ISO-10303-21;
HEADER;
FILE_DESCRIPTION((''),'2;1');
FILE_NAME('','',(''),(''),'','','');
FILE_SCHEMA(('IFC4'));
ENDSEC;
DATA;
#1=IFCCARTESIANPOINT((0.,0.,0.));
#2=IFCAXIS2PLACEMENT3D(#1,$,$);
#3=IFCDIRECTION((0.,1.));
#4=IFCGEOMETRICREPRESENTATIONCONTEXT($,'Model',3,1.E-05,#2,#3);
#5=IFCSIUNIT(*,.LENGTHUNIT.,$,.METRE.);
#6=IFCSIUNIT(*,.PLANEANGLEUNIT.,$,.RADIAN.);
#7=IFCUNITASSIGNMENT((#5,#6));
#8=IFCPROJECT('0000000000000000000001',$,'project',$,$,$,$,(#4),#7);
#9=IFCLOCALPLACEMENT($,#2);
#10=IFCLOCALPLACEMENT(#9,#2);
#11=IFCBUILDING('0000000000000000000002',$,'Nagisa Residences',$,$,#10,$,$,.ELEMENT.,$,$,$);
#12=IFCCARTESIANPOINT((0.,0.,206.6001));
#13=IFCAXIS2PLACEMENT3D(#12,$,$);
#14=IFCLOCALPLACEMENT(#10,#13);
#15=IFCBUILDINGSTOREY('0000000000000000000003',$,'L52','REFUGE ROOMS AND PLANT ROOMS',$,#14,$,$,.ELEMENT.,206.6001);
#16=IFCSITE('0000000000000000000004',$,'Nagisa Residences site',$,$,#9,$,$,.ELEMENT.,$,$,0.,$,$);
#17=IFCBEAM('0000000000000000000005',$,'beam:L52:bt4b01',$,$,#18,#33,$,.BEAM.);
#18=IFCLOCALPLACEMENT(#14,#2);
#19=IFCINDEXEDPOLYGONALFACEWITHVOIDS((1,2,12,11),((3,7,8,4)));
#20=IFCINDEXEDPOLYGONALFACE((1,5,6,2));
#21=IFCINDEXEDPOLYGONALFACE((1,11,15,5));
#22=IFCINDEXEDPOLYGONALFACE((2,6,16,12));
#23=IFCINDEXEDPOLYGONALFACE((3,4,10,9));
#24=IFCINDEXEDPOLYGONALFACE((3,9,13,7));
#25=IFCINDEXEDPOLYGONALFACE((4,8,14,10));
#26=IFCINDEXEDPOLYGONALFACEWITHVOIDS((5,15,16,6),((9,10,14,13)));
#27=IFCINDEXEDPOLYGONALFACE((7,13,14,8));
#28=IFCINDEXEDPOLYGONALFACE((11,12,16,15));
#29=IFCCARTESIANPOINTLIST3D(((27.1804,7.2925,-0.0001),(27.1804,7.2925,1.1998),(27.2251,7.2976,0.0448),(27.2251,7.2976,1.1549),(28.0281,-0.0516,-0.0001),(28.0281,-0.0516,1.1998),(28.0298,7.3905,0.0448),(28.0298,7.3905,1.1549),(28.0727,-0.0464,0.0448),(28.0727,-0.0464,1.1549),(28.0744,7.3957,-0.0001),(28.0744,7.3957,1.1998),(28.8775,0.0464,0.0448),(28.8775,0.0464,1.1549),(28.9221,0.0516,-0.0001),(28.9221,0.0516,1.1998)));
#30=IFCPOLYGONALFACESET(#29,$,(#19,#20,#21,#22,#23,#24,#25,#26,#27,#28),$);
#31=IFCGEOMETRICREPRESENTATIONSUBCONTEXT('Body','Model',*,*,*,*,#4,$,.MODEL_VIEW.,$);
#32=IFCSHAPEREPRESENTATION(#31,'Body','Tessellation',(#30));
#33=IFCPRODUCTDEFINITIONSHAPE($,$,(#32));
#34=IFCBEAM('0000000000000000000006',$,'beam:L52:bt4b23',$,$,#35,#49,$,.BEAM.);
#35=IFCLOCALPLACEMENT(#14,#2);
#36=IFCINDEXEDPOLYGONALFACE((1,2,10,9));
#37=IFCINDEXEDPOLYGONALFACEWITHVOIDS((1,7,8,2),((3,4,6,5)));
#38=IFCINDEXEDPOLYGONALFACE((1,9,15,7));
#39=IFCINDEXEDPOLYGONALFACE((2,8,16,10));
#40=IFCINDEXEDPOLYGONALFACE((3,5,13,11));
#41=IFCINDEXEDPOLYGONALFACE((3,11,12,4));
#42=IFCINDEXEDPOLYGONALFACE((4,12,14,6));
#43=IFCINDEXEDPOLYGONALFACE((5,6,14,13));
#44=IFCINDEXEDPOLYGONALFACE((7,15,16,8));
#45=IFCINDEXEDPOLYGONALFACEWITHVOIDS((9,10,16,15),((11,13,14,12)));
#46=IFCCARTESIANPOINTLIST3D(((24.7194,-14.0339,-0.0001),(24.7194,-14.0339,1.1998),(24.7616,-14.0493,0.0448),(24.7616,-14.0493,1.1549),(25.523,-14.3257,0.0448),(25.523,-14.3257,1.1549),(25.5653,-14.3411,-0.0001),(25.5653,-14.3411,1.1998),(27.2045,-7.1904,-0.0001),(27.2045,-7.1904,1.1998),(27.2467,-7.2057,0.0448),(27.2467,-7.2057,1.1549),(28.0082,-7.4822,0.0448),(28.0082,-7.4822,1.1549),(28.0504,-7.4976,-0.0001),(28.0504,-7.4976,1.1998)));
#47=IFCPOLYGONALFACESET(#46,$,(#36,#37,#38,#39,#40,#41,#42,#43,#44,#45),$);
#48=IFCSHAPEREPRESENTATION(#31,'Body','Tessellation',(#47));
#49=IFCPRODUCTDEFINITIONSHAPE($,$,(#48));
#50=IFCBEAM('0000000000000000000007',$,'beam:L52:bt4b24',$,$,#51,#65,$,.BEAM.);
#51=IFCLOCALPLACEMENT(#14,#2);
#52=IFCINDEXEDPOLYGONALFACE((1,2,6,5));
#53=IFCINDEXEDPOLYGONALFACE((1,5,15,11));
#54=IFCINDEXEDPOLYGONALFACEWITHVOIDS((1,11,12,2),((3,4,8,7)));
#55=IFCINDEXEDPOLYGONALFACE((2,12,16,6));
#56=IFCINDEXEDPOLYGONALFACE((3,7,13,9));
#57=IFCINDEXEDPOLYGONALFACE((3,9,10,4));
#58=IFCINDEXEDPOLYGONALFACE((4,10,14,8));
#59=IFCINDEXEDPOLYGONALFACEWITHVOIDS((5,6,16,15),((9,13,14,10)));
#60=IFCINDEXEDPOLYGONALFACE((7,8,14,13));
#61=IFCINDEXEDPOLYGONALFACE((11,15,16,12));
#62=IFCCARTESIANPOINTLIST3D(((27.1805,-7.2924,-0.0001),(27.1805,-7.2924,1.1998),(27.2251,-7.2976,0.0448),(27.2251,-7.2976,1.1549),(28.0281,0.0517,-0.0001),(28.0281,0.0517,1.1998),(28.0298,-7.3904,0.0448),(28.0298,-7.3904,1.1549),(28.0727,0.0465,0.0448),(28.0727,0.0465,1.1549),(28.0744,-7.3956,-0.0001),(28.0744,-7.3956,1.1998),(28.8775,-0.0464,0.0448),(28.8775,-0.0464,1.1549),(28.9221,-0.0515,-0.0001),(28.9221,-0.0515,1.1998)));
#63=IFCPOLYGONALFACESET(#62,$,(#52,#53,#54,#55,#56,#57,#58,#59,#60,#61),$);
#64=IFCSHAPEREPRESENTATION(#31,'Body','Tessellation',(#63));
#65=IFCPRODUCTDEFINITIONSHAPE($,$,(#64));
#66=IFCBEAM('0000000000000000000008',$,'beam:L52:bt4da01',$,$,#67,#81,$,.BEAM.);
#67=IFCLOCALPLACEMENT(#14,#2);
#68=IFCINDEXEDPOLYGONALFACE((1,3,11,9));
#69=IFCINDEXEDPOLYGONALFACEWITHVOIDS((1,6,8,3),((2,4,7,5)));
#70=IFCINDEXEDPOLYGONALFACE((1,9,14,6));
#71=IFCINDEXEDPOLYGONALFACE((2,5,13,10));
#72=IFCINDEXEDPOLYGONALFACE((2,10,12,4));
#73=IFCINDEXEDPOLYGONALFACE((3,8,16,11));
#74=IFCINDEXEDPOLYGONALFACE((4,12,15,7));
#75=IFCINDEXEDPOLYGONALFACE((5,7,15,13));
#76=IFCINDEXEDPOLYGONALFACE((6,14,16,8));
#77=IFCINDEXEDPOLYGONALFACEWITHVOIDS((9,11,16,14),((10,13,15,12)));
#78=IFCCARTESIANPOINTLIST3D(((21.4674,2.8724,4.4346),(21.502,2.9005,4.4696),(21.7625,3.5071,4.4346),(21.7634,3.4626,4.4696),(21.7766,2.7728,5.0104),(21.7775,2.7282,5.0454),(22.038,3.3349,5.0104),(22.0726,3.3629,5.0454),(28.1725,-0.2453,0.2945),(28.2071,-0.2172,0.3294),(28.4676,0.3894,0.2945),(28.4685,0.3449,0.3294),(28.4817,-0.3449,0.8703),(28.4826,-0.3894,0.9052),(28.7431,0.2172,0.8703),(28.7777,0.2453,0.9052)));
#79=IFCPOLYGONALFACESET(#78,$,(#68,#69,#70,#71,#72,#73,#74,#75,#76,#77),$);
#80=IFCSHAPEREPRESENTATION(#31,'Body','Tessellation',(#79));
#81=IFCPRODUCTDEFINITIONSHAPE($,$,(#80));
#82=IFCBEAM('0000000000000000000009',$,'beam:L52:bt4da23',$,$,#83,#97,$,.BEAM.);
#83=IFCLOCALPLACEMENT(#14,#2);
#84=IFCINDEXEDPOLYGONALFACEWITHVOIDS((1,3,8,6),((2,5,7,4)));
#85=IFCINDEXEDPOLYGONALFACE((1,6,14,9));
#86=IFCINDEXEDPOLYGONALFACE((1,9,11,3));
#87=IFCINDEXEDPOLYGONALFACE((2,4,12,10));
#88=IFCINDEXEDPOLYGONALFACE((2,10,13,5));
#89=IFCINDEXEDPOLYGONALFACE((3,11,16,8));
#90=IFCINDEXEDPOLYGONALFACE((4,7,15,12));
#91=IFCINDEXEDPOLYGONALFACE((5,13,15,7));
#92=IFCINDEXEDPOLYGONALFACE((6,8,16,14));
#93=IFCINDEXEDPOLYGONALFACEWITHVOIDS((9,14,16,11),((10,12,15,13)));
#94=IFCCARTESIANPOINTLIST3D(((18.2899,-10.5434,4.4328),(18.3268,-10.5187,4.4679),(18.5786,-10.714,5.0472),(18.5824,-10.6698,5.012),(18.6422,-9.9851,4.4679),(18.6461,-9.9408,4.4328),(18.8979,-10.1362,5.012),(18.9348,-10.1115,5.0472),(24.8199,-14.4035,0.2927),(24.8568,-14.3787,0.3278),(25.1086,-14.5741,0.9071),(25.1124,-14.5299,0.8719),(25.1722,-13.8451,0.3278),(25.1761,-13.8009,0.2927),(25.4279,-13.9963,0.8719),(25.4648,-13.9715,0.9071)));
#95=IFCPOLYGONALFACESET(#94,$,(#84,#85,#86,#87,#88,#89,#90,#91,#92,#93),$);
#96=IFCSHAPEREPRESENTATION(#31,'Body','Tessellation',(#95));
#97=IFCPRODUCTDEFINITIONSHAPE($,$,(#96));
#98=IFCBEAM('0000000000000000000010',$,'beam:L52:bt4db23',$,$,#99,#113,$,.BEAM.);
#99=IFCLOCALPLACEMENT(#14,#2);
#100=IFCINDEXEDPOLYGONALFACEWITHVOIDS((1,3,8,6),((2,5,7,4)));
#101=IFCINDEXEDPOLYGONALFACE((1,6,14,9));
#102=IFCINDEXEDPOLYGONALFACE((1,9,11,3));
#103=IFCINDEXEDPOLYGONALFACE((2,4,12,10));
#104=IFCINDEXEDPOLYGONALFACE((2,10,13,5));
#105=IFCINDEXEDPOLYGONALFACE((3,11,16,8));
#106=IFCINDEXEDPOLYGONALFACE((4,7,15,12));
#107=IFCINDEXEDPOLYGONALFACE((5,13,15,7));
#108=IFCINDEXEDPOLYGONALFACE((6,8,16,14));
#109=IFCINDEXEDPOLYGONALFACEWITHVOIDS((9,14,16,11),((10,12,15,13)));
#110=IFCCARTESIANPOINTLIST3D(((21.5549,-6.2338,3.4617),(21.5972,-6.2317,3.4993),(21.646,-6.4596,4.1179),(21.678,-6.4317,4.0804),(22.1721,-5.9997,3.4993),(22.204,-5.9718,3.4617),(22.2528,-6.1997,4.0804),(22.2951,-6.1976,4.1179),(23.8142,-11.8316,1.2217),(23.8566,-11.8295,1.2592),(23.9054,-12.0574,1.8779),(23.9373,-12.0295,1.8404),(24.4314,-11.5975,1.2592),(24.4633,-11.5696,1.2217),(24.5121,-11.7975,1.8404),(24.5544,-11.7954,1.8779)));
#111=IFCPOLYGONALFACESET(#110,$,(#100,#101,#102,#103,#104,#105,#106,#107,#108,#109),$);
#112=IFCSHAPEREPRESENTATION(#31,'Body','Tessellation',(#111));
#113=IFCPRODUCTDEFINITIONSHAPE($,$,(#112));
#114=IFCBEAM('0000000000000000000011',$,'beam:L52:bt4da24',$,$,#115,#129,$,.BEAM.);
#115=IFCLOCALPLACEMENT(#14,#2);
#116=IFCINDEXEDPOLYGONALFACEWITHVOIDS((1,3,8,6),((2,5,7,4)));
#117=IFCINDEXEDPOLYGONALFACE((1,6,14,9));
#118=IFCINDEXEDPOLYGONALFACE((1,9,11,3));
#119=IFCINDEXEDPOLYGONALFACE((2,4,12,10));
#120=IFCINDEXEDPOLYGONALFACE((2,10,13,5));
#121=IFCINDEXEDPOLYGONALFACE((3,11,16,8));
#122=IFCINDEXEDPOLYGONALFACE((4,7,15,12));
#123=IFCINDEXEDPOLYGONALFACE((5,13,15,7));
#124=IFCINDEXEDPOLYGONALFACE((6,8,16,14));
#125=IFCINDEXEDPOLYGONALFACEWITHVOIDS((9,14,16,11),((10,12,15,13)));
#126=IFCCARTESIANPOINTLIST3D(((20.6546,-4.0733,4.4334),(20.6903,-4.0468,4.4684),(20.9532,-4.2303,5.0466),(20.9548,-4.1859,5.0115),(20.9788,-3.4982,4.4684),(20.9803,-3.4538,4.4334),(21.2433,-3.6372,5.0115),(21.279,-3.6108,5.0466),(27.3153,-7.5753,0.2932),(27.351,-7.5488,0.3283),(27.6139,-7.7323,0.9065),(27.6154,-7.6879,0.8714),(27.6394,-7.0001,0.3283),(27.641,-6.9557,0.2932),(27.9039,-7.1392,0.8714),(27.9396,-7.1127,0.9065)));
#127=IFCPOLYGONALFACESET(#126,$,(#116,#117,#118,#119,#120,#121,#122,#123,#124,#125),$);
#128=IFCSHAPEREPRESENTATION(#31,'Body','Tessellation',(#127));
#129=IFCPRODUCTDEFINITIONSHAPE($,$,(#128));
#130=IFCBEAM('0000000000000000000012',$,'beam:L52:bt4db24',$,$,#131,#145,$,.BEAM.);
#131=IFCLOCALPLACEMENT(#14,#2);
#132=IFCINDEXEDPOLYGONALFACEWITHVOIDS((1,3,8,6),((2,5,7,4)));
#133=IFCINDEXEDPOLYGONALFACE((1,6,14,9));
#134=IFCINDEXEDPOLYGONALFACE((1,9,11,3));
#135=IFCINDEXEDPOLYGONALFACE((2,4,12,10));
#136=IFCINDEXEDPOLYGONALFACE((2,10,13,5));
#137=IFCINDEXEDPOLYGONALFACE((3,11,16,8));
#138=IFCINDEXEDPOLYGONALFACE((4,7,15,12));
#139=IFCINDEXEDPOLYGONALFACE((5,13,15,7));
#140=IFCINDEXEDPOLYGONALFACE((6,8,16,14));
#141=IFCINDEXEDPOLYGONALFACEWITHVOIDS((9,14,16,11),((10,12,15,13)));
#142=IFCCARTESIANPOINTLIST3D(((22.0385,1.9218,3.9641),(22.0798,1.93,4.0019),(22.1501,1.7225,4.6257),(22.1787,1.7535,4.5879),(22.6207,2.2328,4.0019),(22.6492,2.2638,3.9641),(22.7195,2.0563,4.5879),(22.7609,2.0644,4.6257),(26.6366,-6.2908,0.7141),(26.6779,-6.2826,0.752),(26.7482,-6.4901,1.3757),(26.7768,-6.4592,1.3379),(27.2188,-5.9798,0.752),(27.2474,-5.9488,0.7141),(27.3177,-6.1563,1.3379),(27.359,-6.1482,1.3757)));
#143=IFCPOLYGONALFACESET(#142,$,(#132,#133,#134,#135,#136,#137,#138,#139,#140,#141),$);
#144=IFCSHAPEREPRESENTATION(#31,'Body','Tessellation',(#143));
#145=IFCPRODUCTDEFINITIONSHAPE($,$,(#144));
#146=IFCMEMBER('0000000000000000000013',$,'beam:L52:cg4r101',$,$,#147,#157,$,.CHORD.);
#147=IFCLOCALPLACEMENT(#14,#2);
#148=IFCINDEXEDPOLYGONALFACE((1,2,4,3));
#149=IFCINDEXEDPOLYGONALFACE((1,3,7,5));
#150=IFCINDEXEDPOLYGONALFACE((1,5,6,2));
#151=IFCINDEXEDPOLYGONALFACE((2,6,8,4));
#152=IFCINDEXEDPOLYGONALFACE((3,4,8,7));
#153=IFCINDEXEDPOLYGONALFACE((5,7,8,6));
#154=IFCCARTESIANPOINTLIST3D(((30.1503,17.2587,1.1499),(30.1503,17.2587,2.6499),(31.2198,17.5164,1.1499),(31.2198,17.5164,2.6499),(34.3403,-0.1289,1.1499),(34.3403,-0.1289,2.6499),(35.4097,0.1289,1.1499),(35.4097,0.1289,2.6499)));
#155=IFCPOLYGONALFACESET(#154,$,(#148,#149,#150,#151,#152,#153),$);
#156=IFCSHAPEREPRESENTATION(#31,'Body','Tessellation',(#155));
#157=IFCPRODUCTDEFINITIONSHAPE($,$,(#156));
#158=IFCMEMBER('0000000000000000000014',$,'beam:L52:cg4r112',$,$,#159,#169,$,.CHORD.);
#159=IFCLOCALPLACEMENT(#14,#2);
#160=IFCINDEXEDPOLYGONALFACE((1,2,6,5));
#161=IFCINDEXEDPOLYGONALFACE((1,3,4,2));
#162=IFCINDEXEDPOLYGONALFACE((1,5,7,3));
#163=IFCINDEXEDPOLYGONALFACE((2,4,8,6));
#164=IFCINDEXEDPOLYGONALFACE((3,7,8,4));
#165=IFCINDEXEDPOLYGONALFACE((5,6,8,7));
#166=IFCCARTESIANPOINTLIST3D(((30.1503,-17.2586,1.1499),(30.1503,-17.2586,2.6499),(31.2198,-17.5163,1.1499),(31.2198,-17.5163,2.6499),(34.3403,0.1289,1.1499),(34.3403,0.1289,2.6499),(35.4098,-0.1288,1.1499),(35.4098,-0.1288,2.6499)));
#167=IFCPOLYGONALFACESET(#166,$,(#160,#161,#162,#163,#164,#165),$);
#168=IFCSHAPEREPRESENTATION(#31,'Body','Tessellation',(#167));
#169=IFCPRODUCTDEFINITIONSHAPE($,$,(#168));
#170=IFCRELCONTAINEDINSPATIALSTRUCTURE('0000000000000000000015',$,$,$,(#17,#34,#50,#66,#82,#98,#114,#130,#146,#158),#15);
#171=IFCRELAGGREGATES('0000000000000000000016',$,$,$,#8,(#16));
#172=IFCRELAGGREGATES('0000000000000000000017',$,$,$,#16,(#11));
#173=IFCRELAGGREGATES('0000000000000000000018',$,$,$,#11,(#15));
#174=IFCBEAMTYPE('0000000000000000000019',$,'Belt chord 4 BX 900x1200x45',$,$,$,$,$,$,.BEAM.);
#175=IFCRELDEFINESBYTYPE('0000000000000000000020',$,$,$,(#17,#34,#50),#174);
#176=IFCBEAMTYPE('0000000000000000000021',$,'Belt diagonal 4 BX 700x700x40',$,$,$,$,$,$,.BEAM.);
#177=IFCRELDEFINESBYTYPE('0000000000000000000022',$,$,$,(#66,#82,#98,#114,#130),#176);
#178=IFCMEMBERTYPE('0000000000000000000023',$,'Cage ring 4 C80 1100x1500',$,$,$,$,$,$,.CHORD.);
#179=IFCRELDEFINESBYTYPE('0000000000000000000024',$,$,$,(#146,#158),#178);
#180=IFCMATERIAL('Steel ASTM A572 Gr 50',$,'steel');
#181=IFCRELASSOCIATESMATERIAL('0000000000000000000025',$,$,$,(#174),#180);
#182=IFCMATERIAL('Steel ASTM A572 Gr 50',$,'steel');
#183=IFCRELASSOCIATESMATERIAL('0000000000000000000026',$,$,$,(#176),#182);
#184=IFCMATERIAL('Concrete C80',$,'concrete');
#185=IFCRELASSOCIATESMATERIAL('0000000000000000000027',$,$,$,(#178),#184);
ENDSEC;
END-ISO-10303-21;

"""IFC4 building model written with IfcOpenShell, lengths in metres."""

from ifc_helpers import new_model, si_unit, direction, frame, origin, origin_2d, place, context, subcontext, project, spatial, rectangle, hollow_rectangle, extrude, material, material_profile, profile_set, type_object, element, save


model = new_model("IFC4")

# Units and contexts
model_context = context("Model", 3, precision=1e-05, world=origin(), true_north=direction((0.0, 1.0)))
body_context = subcontext(model_context, "Body", "Model", "MODEL_VIEW")
ifc_project = project(units=[si_unit("LENGTHUNIT", "METRE"), si_unit("PLANEANGLEUNIT", "RADIAN")], contexts=[model_context])

# Site, building, storey
site_placement = place(None, origin())
site = spatial("IfcSite", under=ifc_project, at=site_placement, Name="Nagisa Residences site", CompositionType="ELEMENT", RefElevation=0.0)
building_placement = place(site_placement, origin())
building = spatial("IfcBuilding", under=site, at=building_placement, Name="Nagisa Residences", CompositionType="ELEMENT")
storey_placement = place(building_placement, frame((0.0, 0.0, 206.6001)))
storey = spatial("IfcBuildingStorey", under=building, at=storey_placement, Name="L52", Description="REFUGE ROOMS AND PLANT ROOMS", CompositionType="ELEMENT", Elevation=206.6001)

# Beams
ifc_material_1 = material(Name="Steel ASTM A572 Gr 50", Category="steel")
ifc_material_profile_1 = material_profile(ifc_material_1, hollow_rectangle(XDim=0.8999, YDim=1.2, WallThickness=0.0449, at=origin_2d()), Name="BX 900x1200x45")
ifc_profile_set_1 = profile_set([ifc_material_profile_1], Name="Steel ASTM A572 Gr 50")
beam_type_1 = type_object("IfcBeamType", Name="Belt chord 4 BX 900x1200x45", PredefinedType="BEAM", material=ifc_profile_set_1)
beam_1_placement = place(storey_placement, frame((28.4751, 0.0, 0.5999), z_axis=(-0.11466, 0.993405, 0.0), x_axis=(-0.993405, -0.11466, 0.0)))
element("IfcBeam", 1, at=beam_1_placement, inside=storey, type_object=beam_type_1, Name="beam:L52:bt4b01", PredefinedType="BEAM", context=body_context, shape_type="SweptSolid", body=[
    extrude(hollow_rectangle(XDim=0.8999, YDim=1.2, WallThickness=0.0449, at=origin_2d()), origin(), (0.0, 0.0, 1.0), 7.3928),
])
beam_2_placement = place(storey_placement, frame((25.1423, -14.1875, 0.5999), z_axis=(0.341326, 0.939945, 0.0), x_axis=(-0.939945, 0.341326, 0.0)))
element("IfcBeam", 2, at=beam_2_placement, inside=storey, type_object=beam_type_1, Name="beam:L52:bt4b23", PredefinedType="BEAM", context=body_context, shape_type="SweptSolid", body=[
    extrude(hollow_rectangle(XDim=0.8999, YDim=1.2, WallThickness=0.0449, at=origin_2d()), origin(), (0.0, 0.0, 1.0), 7.2808),
])
beam_3_placement = place(storey_placement, frame((27.6274, -7.344, 0.5999), z_axis=(0.11466, 0.993405, 0.0), x_axis=(-0.993405, 0.11466, 0.0)))
element("IfcBeam", 3, at=beam_3_placement, inside=storey, type_object=beam_type_1, Name="beam:L52:bt4b24", PredefinedType="BEAM", context=body_context, shape_type="SweptSolid", body=[
    extrude(hollow_rectangle(XDim=0.8999, YDim=1.2, WallThickness=0.0449, at=origin_2d()), origin(), (0.0, 0.0, 1.0), 7.3928),
])
ifc_material_2 = material(Name="Steel ASTM A572 Gr 50", Category="steel")
ifc_material_profile_2 = material_profile(ifc_material_2, hollow_rectangle(XDim=0.7, YDim=0.7, WallThickness=0.04, at=origin_2d()), Name="BX 700x700x40")
ifc_profile_set_2 = profile_set([ifc_material_profile_2], Name="Steel ASTM A572 Gr 50")
beam_type_2 = type_object("IfcBeamType", Name="Belt diagonal 4 BX 700x700x40", PredefinedType="BEAM", material=ifc_profile_set_2)
beam_4_placement = place(storey_placement, frame((28.4751, 0.0, 0.5999), z_axis=(-0.791198, 0.367885, 0.488535), x_axis=(-0.421623, -0.906771, 0.0)))
element("IfcBeam", 4, at=beam_4_placement, inside=storey, type_object=beam_type_2, Name="beam:L52:bt4da01", PredefinedType="BEAM", context=body_context, shape_type="SweptSolid", body=[
    extrude(hollow_rectangle(XDim=0.7, YDim=0.7, WallThickness=0.04, at=origin_2d()), origin(), (0.0, 0.0, 1.0), 8.4746),
])
beam_5_placement = place(storey_placement, frame((25.1423, -14.1875, 0.5999), z_axis=(-0.755624, 0.446673, 0.479077), x_axis=(-0.508871, -0.860843, 0.0)))
element("IfcBeam", 5, at=beam_5_placement, inside=storey, type_object=beam_type_2, Name="beam:L52:bt4da23", PredefinedType="BEAM", context=body_context, shape_type="SweptSolid", body=[
    extrude(hollow_rectangle(XDim=0.7, YDim=0.7, WallThickness=0.04, at=origin_2d()), origin(), (0.0, 0.0, 1.0), 8.6418),
])
beam_6_placement = place(storey_placement, frame((24.1843, -11.8135, 1.5498), z_axis=(-0.350895, 0.869389, 0.3479), x_axis=(-0.927317, -0.374276, 0.0)))
element("IfcBeam", 6, at=beam_6_placement, inside=storey, type_object=beam_type_2, Name="beam:L52:bt4db23", PredefinedType="BEAM", context=body_context, shape_type="SweptSolid", body=[
    extrude(hollow_rectangle(XDim=0.7, YDim=0.7, WallThickness=0.04, at=origin_2d()), origin(), (0.0, 0.0, 1.0), 6.4387),
])
beam_7_placement = place(storey_placement, frame((27.6274, -7.344, 0.5999), z_axis=(-0.775498, 0.407732, 0.482035), x_axis=(-0.465367, -0.885118, 0.0)))
element("IfcBeam", 7, at=beam_7_placement, inside=storey, type_object=beam_type_2, Name="beam:L52:bt4da24", PredefinedType="BEAM", context=body_context, shape_type="SweptSolid", body=[
    extrude(hollow_rectangle(XDim=0.7, YDim=0.7, WallThickness=0.04, at=origin_2d()), origin(), (0.0, 0.0, 1.0), 8.5889),
])
beam_8_placement = place(storey_placement, frame((26.9978, -6.2195, 1.0449), z_axis=(-0.461774, 0.824765, 0.326385), x_axis=(-0.872548, -0.488528, 0.0)))
element("IfcBeam", 8, at=beam_8_placement, inside=storey, type_object=beam_type_2, Name="beam:L52:bt4db24", PredefinedType="BEAM", context=body_context, shape_type="SweptSolid", body=[
    extrude(hollow_rectangle(XDim=0.7, YDim=0.7, WallThickness=0.04, at=origin_2d()), origin(), (0.0, 0.0, 1.0), 9.9575),
])

# Members
ifc_material_3 = material(Name="Concrete C80", Category="concrete")
ifc_material_profile_3 = material_profile(ifc_material_3, rectangle(XDim=1.1001, YDim=1.5, at=origin_2d()), Name="C80 1100x1500")
ifc_profile_set_3 = profile_set([ifc_material_profile_3], Name="Concrete C80")
member_type_1 = type_object("IfcMemberType", Name="Cage ring 4 C80 1100x1500", PredefinedType="CHORD", material=ifc_profile_set_3)
for number, where, z_axis, x_axis, name in (
    (9, (34.875, 0.0, 1.8999), (-0.234269, 0.972172, 0.0), (-0.972172, -0.234269, 0.0), "beam:L52:cg4r101"),
    (10, (30.6851, -17.3875, 1.8999), (0.234269, 0.972172, 0.0), (-0.972172, 0.234269, 0.0), "beam:L52:cg4r112"),
):
    element("IfcMember", number, at=place(storey_placement, frame(where, z_axis=z_axis, x_axis=x_axis)), inside=storey, type_object=member_type_1, Name=name, PredefinedType="CHORD", context=body_context, shape_type="SweptSolid", body=[
        extrude(rectangle(XDim=1.1001, YDim=1.5, at=origin_2d()), origin(), (0.0, 0.0, 1.0), 17.8853),
    ])

save(model, "model.ifc")
